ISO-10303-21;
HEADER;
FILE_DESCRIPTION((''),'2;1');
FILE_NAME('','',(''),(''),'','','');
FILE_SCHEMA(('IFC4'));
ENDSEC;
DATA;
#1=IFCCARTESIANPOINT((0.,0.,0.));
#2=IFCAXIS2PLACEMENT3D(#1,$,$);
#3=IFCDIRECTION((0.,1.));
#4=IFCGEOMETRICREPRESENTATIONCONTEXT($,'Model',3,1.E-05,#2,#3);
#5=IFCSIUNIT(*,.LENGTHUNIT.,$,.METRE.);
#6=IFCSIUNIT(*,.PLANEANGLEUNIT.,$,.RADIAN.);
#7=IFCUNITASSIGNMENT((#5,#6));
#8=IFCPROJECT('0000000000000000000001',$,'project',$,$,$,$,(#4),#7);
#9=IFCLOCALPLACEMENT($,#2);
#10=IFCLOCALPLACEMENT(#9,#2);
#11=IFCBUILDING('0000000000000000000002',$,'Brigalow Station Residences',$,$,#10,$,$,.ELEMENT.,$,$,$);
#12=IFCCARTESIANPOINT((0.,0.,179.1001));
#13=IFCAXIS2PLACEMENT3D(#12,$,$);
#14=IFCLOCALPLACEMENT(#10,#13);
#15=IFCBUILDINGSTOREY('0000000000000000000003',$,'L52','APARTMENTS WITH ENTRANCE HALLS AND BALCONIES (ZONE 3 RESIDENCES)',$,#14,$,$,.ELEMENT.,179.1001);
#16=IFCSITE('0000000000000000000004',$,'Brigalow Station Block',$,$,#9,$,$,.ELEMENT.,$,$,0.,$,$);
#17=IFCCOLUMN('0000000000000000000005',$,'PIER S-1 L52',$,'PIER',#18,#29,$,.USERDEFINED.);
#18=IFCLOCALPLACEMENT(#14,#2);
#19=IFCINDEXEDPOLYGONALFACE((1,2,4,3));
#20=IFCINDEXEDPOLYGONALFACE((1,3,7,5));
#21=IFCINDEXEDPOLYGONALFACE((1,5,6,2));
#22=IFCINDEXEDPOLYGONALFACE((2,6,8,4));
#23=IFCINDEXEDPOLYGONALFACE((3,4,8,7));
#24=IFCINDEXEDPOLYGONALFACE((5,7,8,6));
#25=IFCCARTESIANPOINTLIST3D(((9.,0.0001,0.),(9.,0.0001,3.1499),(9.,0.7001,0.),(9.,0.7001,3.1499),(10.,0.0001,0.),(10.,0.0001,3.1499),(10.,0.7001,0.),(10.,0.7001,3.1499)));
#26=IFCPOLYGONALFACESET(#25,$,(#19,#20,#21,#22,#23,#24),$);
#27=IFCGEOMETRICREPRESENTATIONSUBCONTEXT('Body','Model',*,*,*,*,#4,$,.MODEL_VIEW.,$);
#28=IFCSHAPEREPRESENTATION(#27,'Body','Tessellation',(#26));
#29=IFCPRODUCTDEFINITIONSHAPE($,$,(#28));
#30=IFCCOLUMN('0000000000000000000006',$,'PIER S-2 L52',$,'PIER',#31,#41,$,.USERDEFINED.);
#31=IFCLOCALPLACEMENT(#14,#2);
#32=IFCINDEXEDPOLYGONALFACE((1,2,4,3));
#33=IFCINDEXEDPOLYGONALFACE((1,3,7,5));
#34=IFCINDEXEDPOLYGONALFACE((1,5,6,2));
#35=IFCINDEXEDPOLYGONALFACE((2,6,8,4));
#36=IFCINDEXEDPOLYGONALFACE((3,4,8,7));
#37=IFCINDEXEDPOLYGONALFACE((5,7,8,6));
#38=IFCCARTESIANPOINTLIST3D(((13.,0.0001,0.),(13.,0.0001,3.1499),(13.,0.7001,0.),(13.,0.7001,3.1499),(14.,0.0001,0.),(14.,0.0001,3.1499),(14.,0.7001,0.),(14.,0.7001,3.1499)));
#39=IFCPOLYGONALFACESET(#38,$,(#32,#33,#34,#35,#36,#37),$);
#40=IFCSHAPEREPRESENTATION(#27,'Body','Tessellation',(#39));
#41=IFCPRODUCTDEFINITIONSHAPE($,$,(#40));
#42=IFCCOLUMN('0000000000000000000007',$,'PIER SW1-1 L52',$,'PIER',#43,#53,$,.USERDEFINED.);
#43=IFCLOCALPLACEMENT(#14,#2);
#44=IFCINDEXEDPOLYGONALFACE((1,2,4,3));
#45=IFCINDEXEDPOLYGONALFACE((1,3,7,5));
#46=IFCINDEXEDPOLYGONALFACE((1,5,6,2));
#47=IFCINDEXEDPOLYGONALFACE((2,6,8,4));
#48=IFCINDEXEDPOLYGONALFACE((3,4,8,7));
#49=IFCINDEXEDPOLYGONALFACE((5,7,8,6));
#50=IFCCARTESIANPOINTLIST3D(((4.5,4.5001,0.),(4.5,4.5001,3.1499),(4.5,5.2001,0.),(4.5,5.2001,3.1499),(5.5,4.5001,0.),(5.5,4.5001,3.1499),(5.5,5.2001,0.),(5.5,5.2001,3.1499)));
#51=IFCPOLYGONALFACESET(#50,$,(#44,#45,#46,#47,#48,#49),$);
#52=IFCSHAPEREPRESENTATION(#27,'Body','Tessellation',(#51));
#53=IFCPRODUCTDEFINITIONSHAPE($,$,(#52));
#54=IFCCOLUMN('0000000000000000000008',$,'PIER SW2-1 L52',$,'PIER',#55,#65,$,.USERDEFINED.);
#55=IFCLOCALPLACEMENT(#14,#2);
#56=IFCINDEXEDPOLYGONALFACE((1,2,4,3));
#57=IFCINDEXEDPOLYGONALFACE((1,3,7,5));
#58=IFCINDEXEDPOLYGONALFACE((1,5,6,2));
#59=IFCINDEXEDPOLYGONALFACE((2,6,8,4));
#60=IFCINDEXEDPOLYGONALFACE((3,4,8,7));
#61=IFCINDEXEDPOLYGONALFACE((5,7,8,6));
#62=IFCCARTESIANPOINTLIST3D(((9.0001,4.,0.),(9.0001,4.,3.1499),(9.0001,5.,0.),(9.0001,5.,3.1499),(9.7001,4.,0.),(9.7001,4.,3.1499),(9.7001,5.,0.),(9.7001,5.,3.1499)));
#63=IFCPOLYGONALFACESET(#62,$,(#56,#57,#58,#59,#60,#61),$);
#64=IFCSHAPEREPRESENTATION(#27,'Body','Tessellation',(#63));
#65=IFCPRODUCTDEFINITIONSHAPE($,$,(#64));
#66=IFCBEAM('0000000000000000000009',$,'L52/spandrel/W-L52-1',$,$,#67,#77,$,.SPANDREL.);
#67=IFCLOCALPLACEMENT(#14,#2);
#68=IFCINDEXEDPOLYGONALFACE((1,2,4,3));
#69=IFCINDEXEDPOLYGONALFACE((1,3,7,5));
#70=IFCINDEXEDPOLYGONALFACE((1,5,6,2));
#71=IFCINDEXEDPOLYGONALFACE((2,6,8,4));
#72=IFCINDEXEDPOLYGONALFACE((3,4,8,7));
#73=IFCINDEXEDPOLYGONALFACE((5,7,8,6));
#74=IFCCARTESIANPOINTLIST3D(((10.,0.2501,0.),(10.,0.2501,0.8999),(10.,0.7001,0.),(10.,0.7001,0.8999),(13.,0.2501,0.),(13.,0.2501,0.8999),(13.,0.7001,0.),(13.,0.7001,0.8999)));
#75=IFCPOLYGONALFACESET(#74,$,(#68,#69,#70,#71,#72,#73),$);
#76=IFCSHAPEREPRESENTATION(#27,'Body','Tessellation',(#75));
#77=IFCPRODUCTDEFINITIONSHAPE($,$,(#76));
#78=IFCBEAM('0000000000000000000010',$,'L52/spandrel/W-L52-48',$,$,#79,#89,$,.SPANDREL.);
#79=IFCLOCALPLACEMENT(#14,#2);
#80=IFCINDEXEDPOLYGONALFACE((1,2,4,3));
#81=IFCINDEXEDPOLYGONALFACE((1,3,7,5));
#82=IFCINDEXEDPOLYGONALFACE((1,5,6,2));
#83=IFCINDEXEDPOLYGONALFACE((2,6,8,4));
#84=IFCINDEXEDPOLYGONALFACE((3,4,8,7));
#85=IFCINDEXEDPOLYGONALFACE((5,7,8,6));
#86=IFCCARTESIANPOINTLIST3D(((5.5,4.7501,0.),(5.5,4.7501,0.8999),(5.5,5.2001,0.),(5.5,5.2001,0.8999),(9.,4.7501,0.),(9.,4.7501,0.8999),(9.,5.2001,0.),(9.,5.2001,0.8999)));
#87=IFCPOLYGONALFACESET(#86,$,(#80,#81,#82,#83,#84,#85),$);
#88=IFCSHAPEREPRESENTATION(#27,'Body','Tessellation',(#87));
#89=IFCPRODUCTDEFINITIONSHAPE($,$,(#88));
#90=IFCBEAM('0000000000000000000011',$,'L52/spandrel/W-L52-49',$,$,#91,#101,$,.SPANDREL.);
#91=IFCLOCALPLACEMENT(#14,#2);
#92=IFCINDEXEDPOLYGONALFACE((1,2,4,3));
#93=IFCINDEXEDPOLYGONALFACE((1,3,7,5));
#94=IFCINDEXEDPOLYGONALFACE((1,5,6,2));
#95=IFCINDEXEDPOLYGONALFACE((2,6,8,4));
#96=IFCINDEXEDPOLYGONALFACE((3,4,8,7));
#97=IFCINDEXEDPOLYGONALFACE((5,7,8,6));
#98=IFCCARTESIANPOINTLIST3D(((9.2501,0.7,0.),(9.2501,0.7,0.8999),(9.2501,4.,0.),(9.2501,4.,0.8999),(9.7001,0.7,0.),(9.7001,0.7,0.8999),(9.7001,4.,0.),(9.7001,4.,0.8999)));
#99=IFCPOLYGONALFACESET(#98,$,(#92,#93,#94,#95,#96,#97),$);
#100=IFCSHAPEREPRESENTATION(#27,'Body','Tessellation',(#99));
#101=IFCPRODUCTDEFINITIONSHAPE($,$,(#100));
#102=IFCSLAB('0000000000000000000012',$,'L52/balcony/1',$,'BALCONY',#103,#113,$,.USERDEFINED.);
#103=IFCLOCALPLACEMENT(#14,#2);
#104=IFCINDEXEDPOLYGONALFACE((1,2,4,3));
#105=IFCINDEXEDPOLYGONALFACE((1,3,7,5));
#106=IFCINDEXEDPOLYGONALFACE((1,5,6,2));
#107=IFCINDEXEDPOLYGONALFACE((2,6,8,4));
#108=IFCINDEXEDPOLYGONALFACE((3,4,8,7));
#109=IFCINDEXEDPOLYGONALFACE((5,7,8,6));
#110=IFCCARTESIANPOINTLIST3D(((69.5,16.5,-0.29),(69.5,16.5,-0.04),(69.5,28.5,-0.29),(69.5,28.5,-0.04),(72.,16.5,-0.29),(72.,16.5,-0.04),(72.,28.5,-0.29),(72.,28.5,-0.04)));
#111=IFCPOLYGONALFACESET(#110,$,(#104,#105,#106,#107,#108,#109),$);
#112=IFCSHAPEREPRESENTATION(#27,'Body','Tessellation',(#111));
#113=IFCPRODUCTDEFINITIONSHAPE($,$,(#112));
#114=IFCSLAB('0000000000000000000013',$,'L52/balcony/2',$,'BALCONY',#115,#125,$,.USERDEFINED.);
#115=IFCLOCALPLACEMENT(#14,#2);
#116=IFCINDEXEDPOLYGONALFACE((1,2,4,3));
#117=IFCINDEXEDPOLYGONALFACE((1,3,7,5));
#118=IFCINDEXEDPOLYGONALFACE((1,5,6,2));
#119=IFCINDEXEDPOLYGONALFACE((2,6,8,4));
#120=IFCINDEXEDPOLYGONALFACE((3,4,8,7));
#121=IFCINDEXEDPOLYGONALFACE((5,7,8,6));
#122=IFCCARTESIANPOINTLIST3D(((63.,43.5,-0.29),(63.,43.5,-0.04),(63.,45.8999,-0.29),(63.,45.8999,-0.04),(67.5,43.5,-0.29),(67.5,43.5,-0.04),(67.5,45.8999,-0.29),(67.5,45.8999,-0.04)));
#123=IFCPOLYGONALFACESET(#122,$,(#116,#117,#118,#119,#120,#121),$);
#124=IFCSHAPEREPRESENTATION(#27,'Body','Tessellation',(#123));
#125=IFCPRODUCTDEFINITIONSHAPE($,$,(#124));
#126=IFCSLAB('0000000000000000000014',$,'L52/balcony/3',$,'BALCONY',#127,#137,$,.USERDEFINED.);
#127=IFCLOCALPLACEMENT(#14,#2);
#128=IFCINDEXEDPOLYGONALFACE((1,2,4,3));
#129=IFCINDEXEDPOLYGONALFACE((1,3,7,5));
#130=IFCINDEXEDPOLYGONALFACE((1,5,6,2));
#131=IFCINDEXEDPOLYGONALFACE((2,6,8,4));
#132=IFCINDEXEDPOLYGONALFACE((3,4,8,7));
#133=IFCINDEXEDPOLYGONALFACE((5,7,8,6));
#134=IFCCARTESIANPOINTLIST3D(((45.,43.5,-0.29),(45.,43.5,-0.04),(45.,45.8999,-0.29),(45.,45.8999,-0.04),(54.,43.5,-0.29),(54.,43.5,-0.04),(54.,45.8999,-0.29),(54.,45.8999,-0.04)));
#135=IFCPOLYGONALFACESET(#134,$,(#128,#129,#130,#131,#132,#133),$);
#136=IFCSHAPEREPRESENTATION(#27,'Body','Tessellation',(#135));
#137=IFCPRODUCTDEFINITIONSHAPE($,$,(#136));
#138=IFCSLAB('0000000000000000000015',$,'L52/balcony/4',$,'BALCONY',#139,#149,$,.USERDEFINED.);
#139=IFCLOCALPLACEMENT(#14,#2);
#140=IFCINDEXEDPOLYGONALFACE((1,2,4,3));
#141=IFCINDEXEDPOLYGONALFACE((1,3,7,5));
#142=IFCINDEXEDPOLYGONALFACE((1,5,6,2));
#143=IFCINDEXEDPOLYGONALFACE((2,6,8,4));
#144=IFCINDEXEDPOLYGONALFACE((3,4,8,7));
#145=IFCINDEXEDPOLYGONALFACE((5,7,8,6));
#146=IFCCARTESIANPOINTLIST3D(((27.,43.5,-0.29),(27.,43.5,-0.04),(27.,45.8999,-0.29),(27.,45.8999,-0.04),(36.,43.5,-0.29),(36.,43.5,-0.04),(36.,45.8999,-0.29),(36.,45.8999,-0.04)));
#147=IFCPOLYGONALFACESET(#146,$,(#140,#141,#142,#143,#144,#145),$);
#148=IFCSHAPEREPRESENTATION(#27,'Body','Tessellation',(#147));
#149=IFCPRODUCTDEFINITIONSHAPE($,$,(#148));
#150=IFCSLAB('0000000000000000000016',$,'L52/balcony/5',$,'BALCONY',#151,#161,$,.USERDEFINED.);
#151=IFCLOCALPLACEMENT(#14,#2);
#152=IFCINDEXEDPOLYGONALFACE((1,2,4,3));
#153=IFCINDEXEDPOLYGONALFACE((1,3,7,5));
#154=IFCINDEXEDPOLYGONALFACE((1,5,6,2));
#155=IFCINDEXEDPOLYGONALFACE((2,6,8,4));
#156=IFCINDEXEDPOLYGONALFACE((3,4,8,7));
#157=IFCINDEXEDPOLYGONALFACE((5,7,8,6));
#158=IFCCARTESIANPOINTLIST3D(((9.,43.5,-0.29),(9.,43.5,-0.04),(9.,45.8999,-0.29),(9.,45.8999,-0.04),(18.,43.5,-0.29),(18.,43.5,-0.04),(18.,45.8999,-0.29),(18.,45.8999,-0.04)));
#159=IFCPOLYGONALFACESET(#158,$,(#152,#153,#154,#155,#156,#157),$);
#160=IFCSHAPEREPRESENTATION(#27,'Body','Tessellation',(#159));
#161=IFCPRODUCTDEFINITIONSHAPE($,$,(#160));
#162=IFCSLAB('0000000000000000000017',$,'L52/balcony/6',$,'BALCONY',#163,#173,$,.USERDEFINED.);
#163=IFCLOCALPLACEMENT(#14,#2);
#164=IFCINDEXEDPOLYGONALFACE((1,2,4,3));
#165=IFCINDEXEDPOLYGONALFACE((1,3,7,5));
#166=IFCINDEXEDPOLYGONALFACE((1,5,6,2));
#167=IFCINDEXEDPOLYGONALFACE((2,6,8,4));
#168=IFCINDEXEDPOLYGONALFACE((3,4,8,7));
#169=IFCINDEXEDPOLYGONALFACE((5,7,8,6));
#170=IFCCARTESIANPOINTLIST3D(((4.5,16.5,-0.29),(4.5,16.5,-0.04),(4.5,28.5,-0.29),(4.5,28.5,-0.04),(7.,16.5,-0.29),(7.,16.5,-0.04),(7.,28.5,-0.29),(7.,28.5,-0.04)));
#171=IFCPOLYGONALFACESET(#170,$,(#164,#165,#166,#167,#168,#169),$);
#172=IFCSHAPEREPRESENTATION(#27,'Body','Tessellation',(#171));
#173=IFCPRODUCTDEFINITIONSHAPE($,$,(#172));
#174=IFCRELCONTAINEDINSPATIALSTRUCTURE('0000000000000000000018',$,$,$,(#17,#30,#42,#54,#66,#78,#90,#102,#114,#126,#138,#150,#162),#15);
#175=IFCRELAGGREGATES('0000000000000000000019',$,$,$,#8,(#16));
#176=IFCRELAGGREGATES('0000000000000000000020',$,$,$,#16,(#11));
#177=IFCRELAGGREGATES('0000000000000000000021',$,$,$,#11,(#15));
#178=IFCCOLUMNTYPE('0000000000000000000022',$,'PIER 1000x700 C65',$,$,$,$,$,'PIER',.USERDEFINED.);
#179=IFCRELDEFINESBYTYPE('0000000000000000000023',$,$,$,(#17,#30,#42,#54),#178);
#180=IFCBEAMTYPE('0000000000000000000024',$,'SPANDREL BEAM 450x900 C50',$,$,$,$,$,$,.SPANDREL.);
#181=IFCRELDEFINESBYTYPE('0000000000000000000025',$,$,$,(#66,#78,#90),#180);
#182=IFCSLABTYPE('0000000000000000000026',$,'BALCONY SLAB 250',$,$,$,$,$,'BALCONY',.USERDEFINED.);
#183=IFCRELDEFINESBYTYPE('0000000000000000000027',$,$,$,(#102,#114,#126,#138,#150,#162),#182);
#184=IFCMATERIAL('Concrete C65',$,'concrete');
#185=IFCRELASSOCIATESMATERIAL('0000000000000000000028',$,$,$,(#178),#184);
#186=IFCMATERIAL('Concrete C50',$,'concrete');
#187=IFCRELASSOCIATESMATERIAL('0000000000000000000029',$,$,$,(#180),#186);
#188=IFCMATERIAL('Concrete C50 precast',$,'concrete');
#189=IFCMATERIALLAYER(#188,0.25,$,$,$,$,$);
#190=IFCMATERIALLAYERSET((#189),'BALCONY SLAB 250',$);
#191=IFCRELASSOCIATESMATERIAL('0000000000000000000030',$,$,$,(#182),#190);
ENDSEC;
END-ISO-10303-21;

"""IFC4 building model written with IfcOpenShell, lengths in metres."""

from ifc_helpers import new_model, si_unit, direction, frame, origin, origin_2d, place, context, subcontext, project, spatial, polyline, rectangle, outline, extrude, material, layer, layer_set, material_profile, profile_set, type_object, element, save


model = new_model("IFC4")

# Units and contexts
model_context = context("Model", 3, precision=1e-05, world=origin(), true_north=direction((0.0, 1.0)))
body_context = subcontext(model_context, "Body", "Model", "MODEL_VIEW")
ifc_project = project(units=[si_unit("LENGTHUNIT", "METRE"), si_unit("PLANEANGLEUNIT", "RADIAN")], contexts=[model_context])

# Site, building, storey
site_placement = place(None, origin())
site = spatial("IfcSite", under=ifc_project, at=site_placement, Name="Brigalow Station Block", CompositionType="ELEMENT", RefElevation=0.0)
building_placement = place(site_placement, origin())
building = spatial("IfcBuilding", under=site, at=building_placement, Name="Brigalow Station Residences", CompositionType="ELEMENT")
storey_placement = place(building_placement, frame((0.0, 0.0, 179.1001)))
storey = spatial("IfcBuildingStorey", under=building, at=storey_placement, Name="L52", Description="APARTMENTS WITH ENTRANCE HALLS AND BALCONIES (ZONE 3 RESIDENCES)", CompositionType="ELEMENT", Elevation=179.1001)

# Columns
ifc_material_1 = material(Name="Concrete C65", Category="concrete")
ifc_material_profile_1 = material_profile(ifc_material_1, rectangle(XDim=1.0, YDim=0.7, at=origin_2d()), Name="RC1000x700")
ifc_profile_set_1 = profile_set([ifc_material_profile_1], Name="Concrete C65")
column_type = type_object("IfcColumnType", Name="PIER 1000x700 C65", ElementType="PIER", PredefinedType="USERDEFINED", material=ifc_profile_set_1)
for number, where, z_axis, x_axis, name in (
    (1, (9.5, 0.3501, 0.0), (0.0, 0.0, 1.0), (1.0, 0.0, 0.0), "PIER S-1 L52"),
    (2, (13.5, 0.3501, 0.0), (0.0, 0.0, 1.0), (1.0, 0.0, 0.0), "PIER S-2 L52"),
    (3, (5.0, 4.8501, 0.0), (0.0, 0.0, 1.0), (1.0, 0.0, 0.0), "PIER SW1-1 L52"),
    (4, (9.3501, 4.5, 0.0), (0.0, 0.0, 1.0), (0.0, -1.0, 0.0), "PIER SW2-1 L52"),
):
    element("IfcColumn", number, at=place(storey_placement, frame(where, z_axis=z_axis, x_axis=x_axis)), inside=storey, type_object=column_type, Name=name, ObjectType="PIER", PredefinedType="USERDEFINED", context=body_context, shape_type="SweptSolid", body=[
        extrude(rectangle(XDim=1.0, YDim=0.7, at=origin_2d()), origin(), (0.0, 0.0, 1.0), 3.1499),
    ])

# Beams
ifc_material_2 = material(Name="Concrete C50", Category="concrete")
ifc_material_profile_2 = material_profile(ifc_material_2, rectangle(XDim=0.45, YDim=0.8999, at=origin_2d()), Name="RC450x900")
ifc_profile_set_2 = profile_set([ifc_material_profile_2], Name="Concrete C50")
beam_type = type_object("IfcBeamType", Name="SPANDREL BEAM 450x900 C50", PredefinedType="SPANDREL", material=ifc_profile_set_2)
beam_1_placement = place(storey_placement, frame((10.0, 0.4751, 0.45), z_axis=(1.0, 0.0, 0.0), x_axis=(0.0, 1.0, 0.0)))
element("IfcBeam", 5, at=beam_1_placement, inside=storey, type_object=beam_type, Name="L52/spandrel/W-L52-1", PredefinedType="SPANDREL", context=body_context, shape_type="SweptSolid", body=[
    extrude(rectangle(XDim=0.45, YDim=0.8999, at=origin_2d()), origin(), (0.0, 0.0, 1.0), 3.0),
])
beam_2_placement = place(storey_placement, frame((5.5, 4.9751, 0.45), z_axis=(1.0, 0.0, 0.0), x_axis=(0.0, 1.0, 0.0)))
element("IfcBeam", 6, at=beam_2_placement, inside=storey, type_object=beam_type, Name="L52/spandrel/W-L52-48", PredefinedType="SPANDREL", context=body_context, shape_type="SweptSolid", body=[
    extrude(rectangle(XDim=0.45, YDim=0.8999, at=origin_2d()), origin(), (0.0, 0.0, 1.0), 3.5),
])
beam_3_placement = place(storey_placement, frame((9.4751, 4.0, 0.45), z_axis=(0.0, -1.0, 0.0), x_axis=(1.0, 0.0, 0.0)))
element("IfcBeam", 7, at=beam_3_placement, inside=storey, type_object=beam_type, Name="L52/spandrel/W-L52-49", PredefinedType="SPANDREL", context=body_context, shape_type="SweptSolid", body=[
    extrude(rectangle(XDim=0.45, YDim=0.8999, at=origin_2d()), origin(), (0.0, 0.0, 1.0), 3.3),
])

# Slabs
ifc_material_3 = material(Name="Concrete C50 precast", Category="concrete")
ifc_layer_1 = layer(ifc_material_3, 0.25)
ifc_layer_set_1 = layer_set([ifc_layer_1], Name="BALCONY SLAB 250")
slab_type_1 = type_object("IfcSlabType", Name="BALCONY SLAB 250", ElementType="BALCONY", PredefinedType="USERDEFINED", material=ifc_layer_set_1)
slab_1_placement = place(storey_placement, frame((0.0, 0.0, -0.29)))
element("IfcSlab", 8, at=slab_1_placement, inside=storey, type_object=slab_type_1, Name="L52/balcony/1", ObjectType="BALCONY", PredefinedType="USERDEFINED", context=body_context, shape_type="SweptSolid", body=[
    extrude(outline(polyline([(69.5, 16.5), (72.0, 16.5), (72.0, 28.5), (69.5, 28.5), (69.5, 16.5)])), origin(), (0.0, 0.0, 1.0), 0.25),
])
slab_2_placement = place(storey_placement, frame((0.0, 0.0, -0.29)))
element("IfcSlab", 9, at=slab_2_placement, inside=storey, type_object=slab_type_1, Name="L52/balcony/2", ObjectType="BALCONY", PredefinedType="USERDEFINED", context=body_context, shape_type="SweptSolid", body=[
    extrude(outline(polyline([(67.5, 43.5), (67.5, 45.8999), (63.0, 45.8999), (63.0, 43.5), (67.5, 43.5)])), origin(), (0.0, 0.0, 1.0), 0.25),
])
slab_3_placement = place(storey_placement, frame((0.0, 0.0, -0.29)))
element("IfcSlab", 10, at=slab_3_placement, inside=storey, type_object=slab_type_1, Name="L52/balcony/3", ObjectType="BALCONY", PredefinedType="USERDEFINED", context=body_context, shape_type="SweptSolid", body=[
    extrude(outline(polyline([(54.0, 43.5), (54.0, 45.8999), (45.0, 45.8999), (45.0, 43.5), (54.0, 43.5)])), origin(), (0.0, 0.0, 1.0), 0.25),
])
slab_4_placement = place(storey_placement, frame((0.0, 0.0, -0.29)))
element("IfcSlab", 11, at=slab_4_placement, inside=storey, type_object=slab_type_1, Name="L52/balcony/4", ObjectType="BALCONY", PredefinedType="USERDEFINED", context=body_context, shape_type="SweptSolid", body=[
    extrude(outline(polyline([(36.0, 43.5), (36.0, 45.8999), (27.0, 45.8999), (27.0, 43.5), (36.0, 43.5)])), origin(), (0.0, 0.0, 1.0), 0.25),
])
slab_5_placement = place(storey_placement, frame((0.0, 0.0, -0.29)))
element("IfcSlab", 12, at=slab_5_placement, inside=storey, type_object=slab_type_1, Name="L52/balcony/5", ObjectType="BALCONY", PredefinedType="USERDEFINED", context=body_context, shape_type="SweptSolid", body=[
    extrude(outline(polyline([(18.0, 43.5), (18.0, 45.8999), (9.0, 45.8999), (9.0, 43.5), (18.0, 43.5)])), origin(), (0.0, 0.0, 1.0), 0.25),
])
slab_6_placement = place(storey_placement, frame((0.0, 0.0, -0.29)))
element("IfcSlab", 13, at=slab_6_placement, inside=storey, type_object=slab_type_1, Name="L52/balcony/6", ObjectType="BALCONY", PredefinedType="USERDEFINED", context=body_context, shape_type="SweptSolid", body=[
    extrude(outline(polyline([(7.0, 28.5), (4.5, 28.5), (4.5, 16.5), (7.0, 16.5), (7.0, 28.5)])), origin(), (0.0, 0.0, 1.0), 0.25),
])

save(model, "model.ifc")
